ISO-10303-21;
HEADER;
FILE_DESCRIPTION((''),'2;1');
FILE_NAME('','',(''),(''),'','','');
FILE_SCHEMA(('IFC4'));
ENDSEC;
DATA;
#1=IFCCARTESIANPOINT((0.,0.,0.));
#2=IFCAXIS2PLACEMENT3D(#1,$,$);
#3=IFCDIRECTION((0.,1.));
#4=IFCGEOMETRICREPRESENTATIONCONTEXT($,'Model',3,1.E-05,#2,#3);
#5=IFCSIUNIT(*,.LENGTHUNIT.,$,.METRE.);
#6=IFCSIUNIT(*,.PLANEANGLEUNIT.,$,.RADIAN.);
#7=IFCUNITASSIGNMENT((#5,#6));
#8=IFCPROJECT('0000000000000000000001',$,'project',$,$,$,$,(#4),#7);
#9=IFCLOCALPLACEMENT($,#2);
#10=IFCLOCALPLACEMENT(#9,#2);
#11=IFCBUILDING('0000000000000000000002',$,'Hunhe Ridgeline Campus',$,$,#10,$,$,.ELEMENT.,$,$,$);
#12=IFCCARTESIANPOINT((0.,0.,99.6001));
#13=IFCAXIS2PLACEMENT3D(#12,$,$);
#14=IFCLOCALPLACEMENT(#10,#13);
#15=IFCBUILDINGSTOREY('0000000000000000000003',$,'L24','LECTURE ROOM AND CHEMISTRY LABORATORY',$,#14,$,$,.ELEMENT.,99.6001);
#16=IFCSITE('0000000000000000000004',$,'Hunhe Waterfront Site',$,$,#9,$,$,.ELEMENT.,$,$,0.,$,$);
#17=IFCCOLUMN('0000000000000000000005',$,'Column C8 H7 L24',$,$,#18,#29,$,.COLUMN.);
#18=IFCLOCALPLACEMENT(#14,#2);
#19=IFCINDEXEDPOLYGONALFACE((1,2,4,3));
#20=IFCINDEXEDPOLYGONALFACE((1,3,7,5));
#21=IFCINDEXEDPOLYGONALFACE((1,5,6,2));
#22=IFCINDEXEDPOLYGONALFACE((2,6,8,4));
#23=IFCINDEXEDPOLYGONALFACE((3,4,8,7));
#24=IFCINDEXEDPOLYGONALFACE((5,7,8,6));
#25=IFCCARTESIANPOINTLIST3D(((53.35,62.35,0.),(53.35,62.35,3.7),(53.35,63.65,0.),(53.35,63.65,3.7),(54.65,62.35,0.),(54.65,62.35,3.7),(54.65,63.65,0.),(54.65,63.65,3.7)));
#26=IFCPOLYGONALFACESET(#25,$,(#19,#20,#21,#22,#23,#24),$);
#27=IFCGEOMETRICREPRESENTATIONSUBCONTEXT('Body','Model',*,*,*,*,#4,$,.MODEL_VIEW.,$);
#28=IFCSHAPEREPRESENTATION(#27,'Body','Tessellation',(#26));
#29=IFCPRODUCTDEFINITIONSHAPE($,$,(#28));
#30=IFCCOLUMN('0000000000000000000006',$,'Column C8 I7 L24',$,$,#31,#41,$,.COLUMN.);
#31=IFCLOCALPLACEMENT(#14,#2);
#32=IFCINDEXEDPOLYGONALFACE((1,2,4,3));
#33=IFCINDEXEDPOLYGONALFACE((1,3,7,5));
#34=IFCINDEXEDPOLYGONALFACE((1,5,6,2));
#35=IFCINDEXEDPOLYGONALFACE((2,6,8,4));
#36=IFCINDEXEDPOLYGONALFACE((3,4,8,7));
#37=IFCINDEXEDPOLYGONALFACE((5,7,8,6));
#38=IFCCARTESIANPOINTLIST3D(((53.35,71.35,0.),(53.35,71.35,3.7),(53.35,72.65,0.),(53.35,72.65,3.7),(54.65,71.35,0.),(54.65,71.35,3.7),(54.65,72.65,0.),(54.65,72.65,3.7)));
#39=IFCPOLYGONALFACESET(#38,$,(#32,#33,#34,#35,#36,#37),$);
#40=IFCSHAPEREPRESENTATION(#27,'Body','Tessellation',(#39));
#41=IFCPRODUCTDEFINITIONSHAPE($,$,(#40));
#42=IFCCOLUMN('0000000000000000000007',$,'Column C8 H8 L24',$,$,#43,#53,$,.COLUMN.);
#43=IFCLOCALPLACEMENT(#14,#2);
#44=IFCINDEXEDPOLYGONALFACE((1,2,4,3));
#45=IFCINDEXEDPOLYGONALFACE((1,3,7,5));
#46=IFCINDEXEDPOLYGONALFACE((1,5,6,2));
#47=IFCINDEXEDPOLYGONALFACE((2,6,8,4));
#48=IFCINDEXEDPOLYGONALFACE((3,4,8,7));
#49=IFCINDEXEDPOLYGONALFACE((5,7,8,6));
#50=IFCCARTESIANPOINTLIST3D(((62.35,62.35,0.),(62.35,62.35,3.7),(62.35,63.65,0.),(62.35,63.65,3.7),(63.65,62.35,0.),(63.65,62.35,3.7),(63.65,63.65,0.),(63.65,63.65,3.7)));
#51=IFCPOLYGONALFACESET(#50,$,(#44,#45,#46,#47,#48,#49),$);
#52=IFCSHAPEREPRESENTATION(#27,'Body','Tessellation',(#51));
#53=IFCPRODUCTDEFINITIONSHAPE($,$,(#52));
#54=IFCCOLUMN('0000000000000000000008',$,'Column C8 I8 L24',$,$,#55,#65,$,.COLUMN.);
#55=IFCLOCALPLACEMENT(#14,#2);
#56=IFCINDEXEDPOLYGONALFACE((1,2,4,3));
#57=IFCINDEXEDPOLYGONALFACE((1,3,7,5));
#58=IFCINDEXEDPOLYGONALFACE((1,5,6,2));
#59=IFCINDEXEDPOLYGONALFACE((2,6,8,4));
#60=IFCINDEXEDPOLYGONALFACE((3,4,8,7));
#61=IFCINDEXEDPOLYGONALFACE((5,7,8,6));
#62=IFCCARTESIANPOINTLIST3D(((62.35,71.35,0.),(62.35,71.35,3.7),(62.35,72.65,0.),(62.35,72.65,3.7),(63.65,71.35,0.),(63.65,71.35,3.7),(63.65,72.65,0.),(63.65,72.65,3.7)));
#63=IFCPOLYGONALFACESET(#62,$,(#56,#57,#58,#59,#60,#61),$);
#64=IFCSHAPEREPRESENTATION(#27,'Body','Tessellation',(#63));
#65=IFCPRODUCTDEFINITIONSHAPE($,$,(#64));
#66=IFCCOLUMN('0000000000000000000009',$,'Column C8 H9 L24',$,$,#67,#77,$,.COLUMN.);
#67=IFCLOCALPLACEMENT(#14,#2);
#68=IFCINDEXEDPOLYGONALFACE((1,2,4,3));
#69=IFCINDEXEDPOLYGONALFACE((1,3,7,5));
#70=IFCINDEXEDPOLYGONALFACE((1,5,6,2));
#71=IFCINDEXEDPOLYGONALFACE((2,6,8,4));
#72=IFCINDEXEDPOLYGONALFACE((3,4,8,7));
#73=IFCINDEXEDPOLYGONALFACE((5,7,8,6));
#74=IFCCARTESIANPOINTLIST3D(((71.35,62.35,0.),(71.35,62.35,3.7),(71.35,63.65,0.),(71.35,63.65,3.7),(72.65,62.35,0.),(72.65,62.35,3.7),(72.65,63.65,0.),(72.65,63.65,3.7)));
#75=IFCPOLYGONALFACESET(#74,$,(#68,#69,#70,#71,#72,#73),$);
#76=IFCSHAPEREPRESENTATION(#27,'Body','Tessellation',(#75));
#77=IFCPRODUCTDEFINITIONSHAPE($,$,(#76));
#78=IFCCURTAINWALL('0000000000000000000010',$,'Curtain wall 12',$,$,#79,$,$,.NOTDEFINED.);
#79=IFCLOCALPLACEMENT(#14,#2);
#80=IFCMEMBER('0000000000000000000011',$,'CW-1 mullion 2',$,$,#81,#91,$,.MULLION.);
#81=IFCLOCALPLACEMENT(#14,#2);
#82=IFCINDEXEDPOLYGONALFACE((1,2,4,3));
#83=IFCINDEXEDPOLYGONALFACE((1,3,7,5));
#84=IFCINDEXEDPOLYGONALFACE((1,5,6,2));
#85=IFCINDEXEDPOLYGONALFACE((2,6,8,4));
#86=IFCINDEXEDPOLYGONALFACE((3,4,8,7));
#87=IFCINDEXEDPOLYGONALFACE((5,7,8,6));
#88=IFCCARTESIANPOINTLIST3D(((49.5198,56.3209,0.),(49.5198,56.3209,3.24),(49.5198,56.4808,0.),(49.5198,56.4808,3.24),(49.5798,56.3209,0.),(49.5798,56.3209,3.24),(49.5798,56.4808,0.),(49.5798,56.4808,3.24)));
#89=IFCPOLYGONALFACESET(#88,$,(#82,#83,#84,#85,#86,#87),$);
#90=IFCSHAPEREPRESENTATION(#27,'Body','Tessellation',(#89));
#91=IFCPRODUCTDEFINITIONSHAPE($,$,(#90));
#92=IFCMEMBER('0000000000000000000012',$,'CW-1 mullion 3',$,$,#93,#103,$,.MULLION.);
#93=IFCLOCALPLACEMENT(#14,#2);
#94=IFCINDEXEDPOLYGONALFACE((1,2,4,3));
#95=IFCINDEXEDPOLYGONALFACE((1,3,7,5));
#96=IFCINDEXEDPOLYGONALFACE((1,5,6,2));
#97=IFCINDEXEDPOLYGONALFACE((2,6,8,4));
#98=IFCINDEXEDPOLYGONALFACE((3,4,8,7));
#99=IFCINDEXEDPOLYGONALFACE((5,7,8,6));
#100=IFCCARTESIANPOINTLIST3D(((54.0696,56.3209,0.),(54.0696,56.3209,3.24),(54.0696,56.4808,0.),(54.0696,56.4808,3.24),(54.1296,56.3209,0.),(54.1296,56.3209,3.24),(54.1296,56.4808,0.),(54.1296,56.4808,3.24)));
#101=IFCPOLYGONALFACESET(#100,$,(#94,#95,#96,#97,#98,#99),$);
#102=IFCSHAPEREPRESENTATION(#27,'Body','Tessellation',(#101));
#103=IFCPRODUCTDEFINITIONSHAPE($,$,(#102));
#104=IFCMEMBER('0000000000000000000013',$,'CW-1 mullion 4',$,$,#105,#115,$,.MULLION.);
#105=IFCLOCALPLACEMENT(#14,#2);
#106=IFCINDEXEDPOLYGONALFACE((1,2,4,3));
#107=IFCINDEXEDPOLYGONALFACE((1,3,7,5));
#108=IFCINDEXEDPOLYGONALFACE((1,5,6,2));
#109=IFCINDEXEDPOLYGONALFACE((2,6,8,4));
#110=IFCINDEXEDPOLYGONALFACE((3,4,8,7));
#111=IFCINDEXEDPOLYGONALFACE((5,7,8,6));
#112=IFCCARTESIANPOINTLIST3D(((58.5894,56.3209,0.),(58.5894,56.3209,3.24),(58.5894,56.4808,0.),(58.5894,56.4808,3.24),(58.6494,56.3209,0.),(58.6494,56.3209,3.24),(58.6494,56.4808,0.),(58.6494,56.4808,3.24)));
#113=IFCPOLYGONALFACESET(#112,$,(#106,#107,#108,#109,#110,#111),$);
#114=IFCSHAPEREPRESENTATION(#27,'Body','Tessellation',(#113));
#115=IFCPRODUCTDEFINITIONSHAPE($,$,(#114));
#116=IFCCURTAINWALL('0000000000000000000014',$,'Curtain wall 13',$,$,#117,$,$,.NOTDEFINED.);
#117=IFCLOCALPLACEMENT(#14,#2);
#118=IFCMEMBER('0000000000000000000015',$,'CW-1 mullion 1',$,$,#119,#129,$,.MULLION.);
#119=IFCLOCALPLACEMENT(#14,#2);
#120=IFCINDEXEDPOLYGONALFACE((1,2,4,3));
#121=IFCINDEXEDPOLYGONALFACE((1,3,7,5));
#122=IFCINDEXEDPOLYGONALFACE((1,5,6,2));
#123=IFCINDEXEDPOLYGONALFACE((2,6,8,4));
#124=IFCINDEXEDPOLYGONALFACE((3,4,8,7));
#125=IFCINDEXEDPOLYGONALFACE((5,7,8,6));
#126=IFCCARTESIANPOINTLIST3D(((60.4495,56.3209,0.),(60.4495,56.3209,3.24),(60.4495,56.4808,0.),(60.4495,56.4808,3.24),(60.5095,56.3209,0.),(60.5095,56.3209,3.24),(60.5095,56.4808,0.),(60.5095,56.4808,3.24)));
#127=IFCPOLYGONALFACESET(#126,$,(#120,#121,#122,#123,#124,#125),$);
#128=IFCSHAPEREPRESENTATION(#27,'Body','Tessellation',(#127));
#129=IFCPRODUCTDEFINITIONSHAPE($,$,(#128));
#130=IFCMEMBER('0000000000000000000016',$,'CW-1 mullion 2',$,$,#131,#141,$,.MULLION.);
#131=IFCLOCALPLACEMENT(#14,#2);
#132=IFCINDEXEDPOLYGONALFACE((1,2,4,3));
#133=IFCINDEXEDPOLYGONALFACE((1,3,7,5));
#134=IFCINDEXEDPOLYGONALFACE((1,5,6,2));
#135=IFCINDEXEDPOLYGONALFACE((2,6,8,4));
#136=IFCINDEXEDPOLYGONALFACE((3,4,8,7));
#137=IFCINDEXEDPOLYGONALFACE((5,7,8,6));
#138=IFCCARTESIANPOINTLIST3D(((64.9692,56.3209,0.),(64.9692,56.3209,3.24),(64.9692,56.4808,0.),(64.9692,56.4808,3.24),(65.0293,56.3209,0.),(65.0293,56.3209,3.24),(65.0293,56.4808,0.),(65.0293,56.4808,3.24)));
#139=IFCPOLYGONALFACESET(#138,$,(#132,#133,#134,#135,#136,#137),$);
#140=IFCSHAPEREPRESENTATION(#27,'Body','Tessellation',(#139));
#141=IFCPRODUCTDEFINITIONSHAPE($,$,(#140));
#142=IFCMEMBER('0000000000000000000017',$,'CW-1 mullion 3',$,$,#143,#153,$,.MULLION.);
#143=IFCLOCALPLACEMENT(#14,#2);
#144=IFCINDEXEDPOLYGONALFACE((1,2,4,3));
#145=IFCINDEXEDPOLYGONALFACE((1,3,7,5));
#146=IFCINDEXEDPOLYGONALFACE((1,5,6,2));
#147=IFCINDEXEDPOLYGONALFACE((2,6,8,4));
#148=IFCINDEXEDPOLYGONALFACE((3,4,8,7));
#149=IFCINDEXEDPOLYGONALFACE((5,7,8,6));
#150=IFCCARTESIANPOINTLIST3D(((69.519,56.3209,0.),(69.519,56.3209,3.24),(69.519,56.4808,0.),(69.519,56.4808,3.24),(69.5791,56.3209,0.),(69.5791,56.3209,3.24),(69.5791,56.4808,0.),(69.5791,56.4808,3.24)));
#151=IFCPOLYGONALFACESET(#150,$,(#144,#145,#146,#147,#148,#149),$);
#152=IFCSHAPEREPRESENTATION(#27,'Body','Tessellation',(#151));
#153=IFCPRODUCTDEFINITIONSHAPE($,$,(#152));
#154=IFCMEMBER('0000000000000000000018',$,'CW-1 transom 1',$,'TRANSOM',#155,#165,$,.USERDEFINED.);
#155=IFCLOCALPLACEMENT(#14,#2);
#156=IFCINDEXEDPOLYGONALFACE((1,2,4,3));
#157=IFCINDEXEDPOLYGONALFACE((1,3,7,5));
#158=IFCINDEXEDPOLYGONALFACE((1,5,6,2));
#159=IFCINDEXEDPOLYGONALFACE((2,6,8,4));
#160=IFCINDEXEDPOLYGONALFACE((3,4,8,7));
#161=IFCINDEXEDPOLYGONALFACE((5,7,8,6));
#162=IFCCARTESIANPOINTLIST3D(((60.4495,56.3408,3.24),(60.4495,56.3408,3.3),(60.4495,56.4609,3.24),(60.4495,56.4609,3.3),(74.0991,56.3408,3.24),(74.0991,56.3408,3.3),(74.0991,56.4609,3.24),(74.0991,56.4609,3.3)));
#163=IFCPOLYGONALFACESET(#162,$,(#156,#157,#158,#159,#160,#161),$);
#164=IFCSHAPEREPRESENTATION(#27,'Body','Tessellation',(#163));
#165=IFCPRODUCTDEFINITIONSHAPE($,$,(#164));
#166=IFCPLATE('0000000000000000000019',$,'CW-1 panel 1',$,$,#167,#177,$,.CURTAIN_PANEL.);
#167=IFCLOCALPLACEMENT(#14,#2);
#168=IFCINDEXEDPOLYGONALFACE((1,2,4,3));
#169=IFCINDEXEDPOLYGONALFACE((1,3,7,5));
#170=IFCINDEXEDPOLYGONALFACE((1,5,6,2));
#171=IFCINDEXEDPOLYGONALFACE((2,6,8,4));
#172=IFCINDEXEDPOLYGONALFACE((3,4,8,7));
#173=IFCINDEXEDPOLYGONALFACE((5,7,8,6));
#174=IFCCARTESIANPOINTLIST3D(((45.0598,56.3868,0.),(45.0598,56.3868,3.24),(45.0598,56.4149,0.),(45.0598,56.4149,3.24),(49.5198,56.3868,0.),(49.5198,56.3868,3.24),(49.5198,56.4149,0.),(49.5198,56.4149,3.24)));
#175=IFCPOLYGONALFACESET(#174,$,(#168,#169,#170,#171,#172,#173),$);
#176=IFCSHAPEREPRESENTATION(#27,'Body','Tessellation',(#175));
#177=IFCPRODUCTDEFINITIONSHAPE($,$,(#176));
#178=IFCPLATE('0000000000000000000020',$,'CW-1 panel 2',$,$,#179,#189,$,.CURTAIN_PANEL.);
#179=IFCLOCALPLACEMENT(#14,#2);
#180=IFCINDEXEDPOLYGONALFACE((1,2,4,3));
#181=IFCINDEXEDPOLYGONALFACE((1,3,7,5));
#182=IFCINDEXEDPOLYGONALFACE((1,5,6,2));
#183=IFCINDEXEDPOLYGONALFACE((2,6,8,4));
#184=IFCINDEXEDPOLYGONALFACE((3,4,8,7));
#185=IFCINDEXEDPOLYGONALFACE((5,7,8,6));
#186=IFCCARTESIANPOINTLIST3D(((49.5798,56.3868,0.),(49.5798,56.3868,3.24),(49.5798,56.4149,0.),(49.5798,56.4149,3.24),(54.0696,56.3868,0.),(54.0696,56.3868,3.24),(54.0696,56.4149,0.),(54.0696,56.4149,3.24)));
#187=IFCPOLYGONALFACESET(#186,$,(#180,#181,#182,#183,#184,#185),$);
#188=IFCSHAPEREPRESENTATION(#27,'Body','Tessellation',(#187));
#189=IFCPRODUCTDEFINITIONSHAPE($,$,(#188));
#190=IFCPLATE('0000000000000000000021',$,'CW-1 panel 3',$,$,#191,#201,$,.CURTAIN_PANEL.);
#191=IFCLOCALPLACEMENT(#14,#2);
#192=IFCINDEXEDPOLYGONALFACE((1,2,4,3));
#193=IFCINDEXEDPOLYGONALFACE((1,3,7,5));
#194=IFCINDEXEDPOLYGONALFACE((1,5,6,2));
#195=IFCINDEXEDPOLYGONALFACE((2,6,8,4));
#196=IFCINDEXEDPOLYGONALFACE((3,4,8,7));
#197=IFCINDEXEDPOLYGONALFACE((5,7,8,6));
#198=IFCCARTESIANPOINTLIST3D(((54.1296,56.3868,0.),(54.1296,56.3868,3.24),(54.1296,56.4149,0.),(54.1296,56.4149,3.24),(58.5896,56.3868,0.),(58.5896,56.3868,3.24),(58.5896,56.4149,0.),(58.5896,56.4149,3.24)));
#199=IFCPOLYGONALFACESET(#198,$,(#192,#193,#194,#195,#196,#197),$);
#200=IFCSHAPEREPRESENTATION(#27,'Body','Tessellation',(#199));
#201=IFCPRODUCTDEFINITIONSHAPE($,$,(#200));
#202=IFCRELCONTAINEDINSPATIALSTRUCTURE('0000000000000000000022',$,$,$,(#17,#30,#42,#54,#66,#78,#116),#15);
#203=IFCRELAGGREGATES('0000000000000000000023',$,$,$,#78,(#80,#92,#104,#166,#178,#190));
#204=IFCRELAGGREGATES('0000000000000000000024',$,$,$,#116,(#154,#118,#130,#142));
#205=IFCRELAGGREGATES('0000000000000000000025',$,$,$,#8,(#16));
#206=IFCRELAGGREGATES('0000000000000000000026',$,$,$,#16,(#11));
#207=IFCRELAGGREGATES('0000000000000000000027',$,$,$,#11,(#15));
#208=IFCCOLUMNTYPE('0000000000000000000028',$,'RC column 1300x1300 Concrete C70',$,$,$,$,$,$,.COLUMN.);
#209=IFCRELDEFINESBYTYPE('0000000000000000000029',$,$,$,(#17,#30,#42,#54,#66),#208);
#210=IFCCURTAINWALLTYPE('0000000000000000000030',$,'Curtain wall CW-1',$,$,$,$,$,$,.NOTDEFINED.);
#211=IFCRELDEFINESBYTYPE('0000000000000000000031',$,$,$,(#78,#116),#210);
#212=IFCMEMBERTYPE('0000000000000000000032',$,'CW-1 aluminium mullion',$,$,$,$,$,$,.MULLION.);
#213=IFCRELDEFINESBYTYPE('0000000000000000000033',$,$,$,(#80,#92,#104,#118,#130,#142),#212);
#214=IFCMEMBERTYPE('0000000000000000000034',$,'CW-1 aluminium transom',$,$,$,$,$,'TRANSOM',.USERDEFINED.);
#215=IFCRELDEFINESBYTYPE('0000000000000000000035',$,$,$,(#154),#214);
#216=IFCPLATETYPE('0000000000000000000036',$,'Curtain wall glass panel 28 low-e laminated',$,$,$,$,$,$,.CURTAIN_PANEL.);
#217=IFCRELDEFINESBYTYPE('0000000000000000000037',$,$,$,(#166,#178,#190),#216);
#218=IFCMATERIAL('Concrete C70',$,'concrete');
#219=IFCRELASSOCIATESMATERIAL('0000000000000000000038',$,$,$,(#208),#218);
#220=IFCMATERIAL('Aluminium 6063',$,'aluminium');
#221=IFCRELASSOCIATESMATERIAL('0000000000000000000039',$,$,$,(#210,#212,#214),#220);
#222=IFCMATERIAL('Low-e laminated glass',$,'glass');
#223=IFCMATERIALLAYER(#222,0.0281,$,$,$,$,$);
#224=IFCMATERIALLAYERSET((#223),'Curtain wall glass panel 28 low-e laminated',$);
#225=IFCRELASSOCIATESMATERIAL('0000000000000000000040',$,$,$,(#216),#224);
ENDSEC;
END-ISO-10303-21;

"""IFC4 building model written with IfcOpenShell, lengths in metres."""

from ifc_helpers import new_model, si_unit, direction, frame, origin, origin_2d, place, context, subcontext, project, spatial, rectangle, extrude, material, layer, layer_set, material_profile, profile_set, type_object, element, aggregate, save


model = new_model("IFC4")

# Units and contexts
model_context = context("Model", 3, precision=1e-05, world=origin(), true_north=direction((0.0, 1.0)))
body_context = subcontext(model_context, "Body", "Model", "MODEL_VIEW")
ifc_project = project(units=[si_unit("LENGTHUNIT", "METRE"), si_unit("PLANEANGLEUNIT", "RADIAN")], contexts=[model_context])

# Site, building, storey
site_placement = place(None, origin())
site = spatial("IfcSite", under=ifc_project, at=site_placement, Name="Hunhe Waterfront Site", CompositionType="ELEMENT", RefElevation=0.0)
building_placement = place(site_placement, origin())
building = spatial("IfcBuilding", under=site, at=building_placement, Name="Hunhe Ridgeline Campus", CompositionType="ELEMENT")
storey_placement = place(building_placement, frame((0.0, 0.0, 99.6001)))
storey = spatial("IfcBuildingStorey", under=building, at=storey_placement, Name="L24", Description="LECTURE ROOM AND CHEMISTRY LABORATORY", CompositionType="ELEMENT", Elevation=99.6001)

# Columns
ifc_material_1 = material(Name="Concrete C70", Category="concrete")
ifc_material_profile_1 = material_profile(ifc_material_1, rectangle(XDim=1.3, YDim=1.3, at=origin_2d()))
ifc_profile_set_1 = profile_set([ifc_material_profile_1], Name="Concrete C70")
column_type = type_object("IfcColumnType", Name="RC column 1300x1300 Concrete C70", PredefinedType="COLUMN", material=ifc_profile_set_1)
for number, where, z_axis, x_axis, name in (
    (1, (54.0, 63.0, 0.0), (0.0, 0.0, 1.0), (1.0, 0.0, 0.0), "Column C8 H7 L24"),
    (2, (54.0, 72.0, 0.0), (0.0, 0.0, 1.0), (1.0, 0.0, 0.0), "Column C8 I7 L24"),
    (3, (63.0, 63.0, 0.0), (0.0, 0.0, 1.0), (1.0, 0.0, 0.0), "Column C8 H8 L24"),
    (4, (63.0, 72.0, 0.0), (0.0, 0.0, 1.0), (1.0, 0.0, 0.0), "Column C8 I8 L24"),
    (5, (72.0, 63.0, 0.0), (0.0, 0.0, 1.0), (1.0, 0.0, 0.0), "Column C8 H9 L24"),
):
    element("IfcColumn", number, at=place(storey_placement, frame(where, z_axis=z_axis, x_axis=x_axis)), inside=storey, type_object=column_type, Name=name, PredefinedType="COLUMN", context=body_context, shape_type="SweptSolid", body=[
        extrude(rectangle(XDim=1.3, YDim=1.3, at=origin_2d()), origin(), (0.0, 0.0, 1.0), 3.7),
    ])

# Curtain walls, members
ifc_material_2 = material(Name="Aluminium 6063", Category="aluminium")
curtain_wall_type = type_object("IfcCurtainWallType", Name="Curtain wall CW-1", PredefinedType="NOTDEFINED", material=ifc_material_2)
curtain_wall_1_placement = place(storey_placement, origin())
curtain_wall_1 = element("IfcCurtainWall", 6, at=curtain_wall_1_placement, inside=storey, type_object=curtain_wall_type, Name="Curtain wall 12", PredefinedType="NOTDEFINED")
ifc_material_profile_2 = material_profile(ifc_material_2, rectangle(XDim=0.1599, YDim=0.0601, at=origin_2d()))
ifc_profile_set_2 = profile_set([ifc_material_profile_2], Name="Aluminium 6063")
member_type_1 = type_object("IfcMemberType", Name="CW-1 aluminium mullion", PredefinedType="MULLION", material=ifc_profile_set_2)
member_1_placement = place(storey_placement, frame((49.5498, 56.4009, 0.0), z_axis=(0.0, 0.0, 1.0), x_axis=(0.0, 1.0, 0.0)))
member_1 = element("IfcMember", 7, at=member_1_placement, type_object=member_type_1, Name="CW-1 mullion 2", PredefinedType="MULLION", context=body_context, shape_type="SweptSolid", body=[
    extrude(rectangle(XDim=0.1599, YDim=0.0601, at=origin_2d()), origin(), (0.0, 0.0, 1.0), 3.24),
])
member_2_placement = place(storey_placement, frame((54.0996, 56.4009, 0.0), z_axis=(0.0, 0.0, 1.0), x_axis=(0.0, 1.0, 0.0)))
member_2 = element("IfcMember", 8, at=member_2_placement, type_object=member_type_1, Name="CW-1 mullion 3", PredefinedType="MULLION", context=body_context, shape_type="SweptSolid", body=[
    extrude(rectangle(XDim=0.1599, YDim=0.0601, at=origin_2d()), origin(), (0.0, 0.0, 1.0), 3.24),
])
member_3_placement = place(storey_placement, frame((58.6194, 56.4009, 0.0), z_axis=(0.0, 0.0, 1.0), x_axis=(0.0, 1.0, 0.0)))
member_3 = element("IfcMember", 9, at=member_3_placement, type_object=member_type_1, Name="CW-1 mullion 4", PredefinedType="MULLION", context=body_context, shape_type="SweptSolid", body=[
    extrude(rectangle(XDim=0.1599, YDim=0.0601, at=origin_2d()), origin(), (0.0, 0.0, 1.0), 3.24),
])
curtain_wall_2_placement = place(storey_placement, origin())
curtain_wall_2 = element("IfcCurtainWall", 10, at=curtain_wall_2_placement, inside=storey, type_object=curtain_wall_type, Name="Curtain wall 13", PredefinedType="NOTDEFINED")
member_4_placement = place(storey_placement, frame((60.4795, 56.4009, 0.0), z_axis=(0.0, 0.0, 1.0), x_axis=(0.0, 1.0, 0.0)))
member_4 = element("IfcMember", 11, at=member_4_placement, type_object=member_type_1, Name="CW-1 mullion 1", PredefinedType="MULLION", context=body_context, shape_type="SweptSolid", body=[
    extrude(rectangle(XDim=0.1599, YDim=0.0601, at=origin_2d()), origin(), (0.0, 0.0, 1.0), 3.24),
])
member_5_placement = place(storey_placement, frame((64.9993, 56.4009, 0.0), z_axis=(0.0, 0.0, 1.0), x_axis=(0.0, 1.0, 0.0)))
member_5 = element("IfcMember", 12, at=member_5_placement, type_object=member_type_1, Name="CW-1 mullion 2", PredefinedType="MULLION", context=body_context, shape_type="SweptSolid", body=[
    extrude(rectangle(XDim=0.1599, YDim=0.0601, at=origin_2d()), origin(), (0.0, 0.0, 1.0), 3.24),
])
member_6_placement = place(storey_placement, frame((69.5491, 56.4009, 0.0), z_axis=(0.0, 0.0, 1.0), x_axis=(0.0, 1.0, 0.0)))
member_6 = element("IfcMember", 13, at=member_6_placement, type_object=member_type_1, Name="CW-1 mullion 3", PredefinedType="MULLION", context=body_context, shape_type="SweptSolid", body=[
    extrude(rectangle(XDim=0.1599, YDim=0.0601, at=origin_2d()), origin(), (0.0, 0.0, 1.0), 3.24),
])
ifc_material_profile_3 = material_profile(ifc_material_2, rectangle(XDim=0.1201, YDim=0.0601, at=origin_2d()))
ifc_profile_set_3 = profile_set([ifc_material_profile_3], Name="Aluminium 6063")
member_type_2 = type_object("IfcMemberType", Name="CW-1 aluminium transom", ElementType="TRANSOM", PredefinedType="USERDEFINED", material=ifc_profile_set_3)
member_7_placement = place(storey_placement, frame((60.4495, 56.4009, 3.27), z_axis=(1.0, 0.0, 0.0), x_axis=(0.0, 1.0, 0.0)))
member_7 = element("IfcMember", 14, at=member_7_placement, type_object=member_type_2, Name="CW-1 transom 1", ObjectType="TRANSOM", PredefinedType="USERDEFINED", context=body_context, shape_type="SweptSolid", body=[
    extrude(rectangle(XDim=0.1201, YDim=0.0601, at=origin_2d()), origin(), (0.0, 0.0, 1.0), 13.6497),
])

# Plates
ifc_material_3 = material(Name="Low-e laminated glass", Category="glass")
ifc_layer_1 = layer(ifc_material_3, 0.0281)
ifc_layer_set_1 = layer_set([ifc_layer_1], Name="Curtain wall glass panel 28 low-e laminated")
plate_type = type_object("IfcPlateType", Name="Curtain wall glass panel 28 low-e laminated", PredefinedType="CURTAIN_PANEL", material=ifc_layer_set_1)
plate_1_placement = place(storey_placement, frame((47.2898, 56.4009, 0.0), z_axis=(0.0, 0.0, 1.0), x_axis=(1.0, 0.0, 0.0)))
plate_1 = element("IfcPlate", 15, at=plate_1_placement, type_object=plate_type, Name="CW-1 panel 1", PredefinedType="CURTAIN_PANEL", context=body_context, shape_type="SweptSolid", body=[
    extrude(rectangle(XDim=4.46, YDim=0.0281, at=origin_2d()), origin(), (0.0, 0.0, 1.0), 3.24),
])
plate_2_placement = place(storey_placement, frame((51.8247, 56.4009, 0.0), z_axis=(0.0, 0.0, 1.0), x_axis=(1.0, 0.0, 0.0)))
plate_2 = element("IfcPlate", 16, at=plate_2_placement, type_object=plate_type, Name="CW-1 panel 2", PredefinedType="CURTAIN_PANEL", context=body_context, shape_type="SweptSolid", body=[
    extrude(rectangle(XDim=4.4897, YDim=0.0281, at=origin_2d()), origin(), (0.0, 0.0, 1.0), 3.24),
])
plate_3_placement = place(storey_placement, frame((56.3596, 56.4009, 0.0), z_axis=(0.0, 0.0, 1.0), x_axis=(1.0, 0.0, 0.0)))
plate_3 = element("IfcPlate", 17, at=plate_3_placement, type_object=plate_type, Name="CW-1 panel 3", PredefinedType="CURTAIN_PANEL", context=body_context, shape_type="SweptSolid", body=[
    extrude(rectangle(XDim=4.46, YDim=0.0281, at=origin_2d()), origin(), (0.0, 0.0, 1.0), 3.24),
])
aggregate(curtain_wall_1, [member_1, member_2, member_3, plate_1, plate_2, plate_3])
aggregate(curtain_wall_2, [member_7, member_4, member_5, member_6])

save(model, "model.ifc")
